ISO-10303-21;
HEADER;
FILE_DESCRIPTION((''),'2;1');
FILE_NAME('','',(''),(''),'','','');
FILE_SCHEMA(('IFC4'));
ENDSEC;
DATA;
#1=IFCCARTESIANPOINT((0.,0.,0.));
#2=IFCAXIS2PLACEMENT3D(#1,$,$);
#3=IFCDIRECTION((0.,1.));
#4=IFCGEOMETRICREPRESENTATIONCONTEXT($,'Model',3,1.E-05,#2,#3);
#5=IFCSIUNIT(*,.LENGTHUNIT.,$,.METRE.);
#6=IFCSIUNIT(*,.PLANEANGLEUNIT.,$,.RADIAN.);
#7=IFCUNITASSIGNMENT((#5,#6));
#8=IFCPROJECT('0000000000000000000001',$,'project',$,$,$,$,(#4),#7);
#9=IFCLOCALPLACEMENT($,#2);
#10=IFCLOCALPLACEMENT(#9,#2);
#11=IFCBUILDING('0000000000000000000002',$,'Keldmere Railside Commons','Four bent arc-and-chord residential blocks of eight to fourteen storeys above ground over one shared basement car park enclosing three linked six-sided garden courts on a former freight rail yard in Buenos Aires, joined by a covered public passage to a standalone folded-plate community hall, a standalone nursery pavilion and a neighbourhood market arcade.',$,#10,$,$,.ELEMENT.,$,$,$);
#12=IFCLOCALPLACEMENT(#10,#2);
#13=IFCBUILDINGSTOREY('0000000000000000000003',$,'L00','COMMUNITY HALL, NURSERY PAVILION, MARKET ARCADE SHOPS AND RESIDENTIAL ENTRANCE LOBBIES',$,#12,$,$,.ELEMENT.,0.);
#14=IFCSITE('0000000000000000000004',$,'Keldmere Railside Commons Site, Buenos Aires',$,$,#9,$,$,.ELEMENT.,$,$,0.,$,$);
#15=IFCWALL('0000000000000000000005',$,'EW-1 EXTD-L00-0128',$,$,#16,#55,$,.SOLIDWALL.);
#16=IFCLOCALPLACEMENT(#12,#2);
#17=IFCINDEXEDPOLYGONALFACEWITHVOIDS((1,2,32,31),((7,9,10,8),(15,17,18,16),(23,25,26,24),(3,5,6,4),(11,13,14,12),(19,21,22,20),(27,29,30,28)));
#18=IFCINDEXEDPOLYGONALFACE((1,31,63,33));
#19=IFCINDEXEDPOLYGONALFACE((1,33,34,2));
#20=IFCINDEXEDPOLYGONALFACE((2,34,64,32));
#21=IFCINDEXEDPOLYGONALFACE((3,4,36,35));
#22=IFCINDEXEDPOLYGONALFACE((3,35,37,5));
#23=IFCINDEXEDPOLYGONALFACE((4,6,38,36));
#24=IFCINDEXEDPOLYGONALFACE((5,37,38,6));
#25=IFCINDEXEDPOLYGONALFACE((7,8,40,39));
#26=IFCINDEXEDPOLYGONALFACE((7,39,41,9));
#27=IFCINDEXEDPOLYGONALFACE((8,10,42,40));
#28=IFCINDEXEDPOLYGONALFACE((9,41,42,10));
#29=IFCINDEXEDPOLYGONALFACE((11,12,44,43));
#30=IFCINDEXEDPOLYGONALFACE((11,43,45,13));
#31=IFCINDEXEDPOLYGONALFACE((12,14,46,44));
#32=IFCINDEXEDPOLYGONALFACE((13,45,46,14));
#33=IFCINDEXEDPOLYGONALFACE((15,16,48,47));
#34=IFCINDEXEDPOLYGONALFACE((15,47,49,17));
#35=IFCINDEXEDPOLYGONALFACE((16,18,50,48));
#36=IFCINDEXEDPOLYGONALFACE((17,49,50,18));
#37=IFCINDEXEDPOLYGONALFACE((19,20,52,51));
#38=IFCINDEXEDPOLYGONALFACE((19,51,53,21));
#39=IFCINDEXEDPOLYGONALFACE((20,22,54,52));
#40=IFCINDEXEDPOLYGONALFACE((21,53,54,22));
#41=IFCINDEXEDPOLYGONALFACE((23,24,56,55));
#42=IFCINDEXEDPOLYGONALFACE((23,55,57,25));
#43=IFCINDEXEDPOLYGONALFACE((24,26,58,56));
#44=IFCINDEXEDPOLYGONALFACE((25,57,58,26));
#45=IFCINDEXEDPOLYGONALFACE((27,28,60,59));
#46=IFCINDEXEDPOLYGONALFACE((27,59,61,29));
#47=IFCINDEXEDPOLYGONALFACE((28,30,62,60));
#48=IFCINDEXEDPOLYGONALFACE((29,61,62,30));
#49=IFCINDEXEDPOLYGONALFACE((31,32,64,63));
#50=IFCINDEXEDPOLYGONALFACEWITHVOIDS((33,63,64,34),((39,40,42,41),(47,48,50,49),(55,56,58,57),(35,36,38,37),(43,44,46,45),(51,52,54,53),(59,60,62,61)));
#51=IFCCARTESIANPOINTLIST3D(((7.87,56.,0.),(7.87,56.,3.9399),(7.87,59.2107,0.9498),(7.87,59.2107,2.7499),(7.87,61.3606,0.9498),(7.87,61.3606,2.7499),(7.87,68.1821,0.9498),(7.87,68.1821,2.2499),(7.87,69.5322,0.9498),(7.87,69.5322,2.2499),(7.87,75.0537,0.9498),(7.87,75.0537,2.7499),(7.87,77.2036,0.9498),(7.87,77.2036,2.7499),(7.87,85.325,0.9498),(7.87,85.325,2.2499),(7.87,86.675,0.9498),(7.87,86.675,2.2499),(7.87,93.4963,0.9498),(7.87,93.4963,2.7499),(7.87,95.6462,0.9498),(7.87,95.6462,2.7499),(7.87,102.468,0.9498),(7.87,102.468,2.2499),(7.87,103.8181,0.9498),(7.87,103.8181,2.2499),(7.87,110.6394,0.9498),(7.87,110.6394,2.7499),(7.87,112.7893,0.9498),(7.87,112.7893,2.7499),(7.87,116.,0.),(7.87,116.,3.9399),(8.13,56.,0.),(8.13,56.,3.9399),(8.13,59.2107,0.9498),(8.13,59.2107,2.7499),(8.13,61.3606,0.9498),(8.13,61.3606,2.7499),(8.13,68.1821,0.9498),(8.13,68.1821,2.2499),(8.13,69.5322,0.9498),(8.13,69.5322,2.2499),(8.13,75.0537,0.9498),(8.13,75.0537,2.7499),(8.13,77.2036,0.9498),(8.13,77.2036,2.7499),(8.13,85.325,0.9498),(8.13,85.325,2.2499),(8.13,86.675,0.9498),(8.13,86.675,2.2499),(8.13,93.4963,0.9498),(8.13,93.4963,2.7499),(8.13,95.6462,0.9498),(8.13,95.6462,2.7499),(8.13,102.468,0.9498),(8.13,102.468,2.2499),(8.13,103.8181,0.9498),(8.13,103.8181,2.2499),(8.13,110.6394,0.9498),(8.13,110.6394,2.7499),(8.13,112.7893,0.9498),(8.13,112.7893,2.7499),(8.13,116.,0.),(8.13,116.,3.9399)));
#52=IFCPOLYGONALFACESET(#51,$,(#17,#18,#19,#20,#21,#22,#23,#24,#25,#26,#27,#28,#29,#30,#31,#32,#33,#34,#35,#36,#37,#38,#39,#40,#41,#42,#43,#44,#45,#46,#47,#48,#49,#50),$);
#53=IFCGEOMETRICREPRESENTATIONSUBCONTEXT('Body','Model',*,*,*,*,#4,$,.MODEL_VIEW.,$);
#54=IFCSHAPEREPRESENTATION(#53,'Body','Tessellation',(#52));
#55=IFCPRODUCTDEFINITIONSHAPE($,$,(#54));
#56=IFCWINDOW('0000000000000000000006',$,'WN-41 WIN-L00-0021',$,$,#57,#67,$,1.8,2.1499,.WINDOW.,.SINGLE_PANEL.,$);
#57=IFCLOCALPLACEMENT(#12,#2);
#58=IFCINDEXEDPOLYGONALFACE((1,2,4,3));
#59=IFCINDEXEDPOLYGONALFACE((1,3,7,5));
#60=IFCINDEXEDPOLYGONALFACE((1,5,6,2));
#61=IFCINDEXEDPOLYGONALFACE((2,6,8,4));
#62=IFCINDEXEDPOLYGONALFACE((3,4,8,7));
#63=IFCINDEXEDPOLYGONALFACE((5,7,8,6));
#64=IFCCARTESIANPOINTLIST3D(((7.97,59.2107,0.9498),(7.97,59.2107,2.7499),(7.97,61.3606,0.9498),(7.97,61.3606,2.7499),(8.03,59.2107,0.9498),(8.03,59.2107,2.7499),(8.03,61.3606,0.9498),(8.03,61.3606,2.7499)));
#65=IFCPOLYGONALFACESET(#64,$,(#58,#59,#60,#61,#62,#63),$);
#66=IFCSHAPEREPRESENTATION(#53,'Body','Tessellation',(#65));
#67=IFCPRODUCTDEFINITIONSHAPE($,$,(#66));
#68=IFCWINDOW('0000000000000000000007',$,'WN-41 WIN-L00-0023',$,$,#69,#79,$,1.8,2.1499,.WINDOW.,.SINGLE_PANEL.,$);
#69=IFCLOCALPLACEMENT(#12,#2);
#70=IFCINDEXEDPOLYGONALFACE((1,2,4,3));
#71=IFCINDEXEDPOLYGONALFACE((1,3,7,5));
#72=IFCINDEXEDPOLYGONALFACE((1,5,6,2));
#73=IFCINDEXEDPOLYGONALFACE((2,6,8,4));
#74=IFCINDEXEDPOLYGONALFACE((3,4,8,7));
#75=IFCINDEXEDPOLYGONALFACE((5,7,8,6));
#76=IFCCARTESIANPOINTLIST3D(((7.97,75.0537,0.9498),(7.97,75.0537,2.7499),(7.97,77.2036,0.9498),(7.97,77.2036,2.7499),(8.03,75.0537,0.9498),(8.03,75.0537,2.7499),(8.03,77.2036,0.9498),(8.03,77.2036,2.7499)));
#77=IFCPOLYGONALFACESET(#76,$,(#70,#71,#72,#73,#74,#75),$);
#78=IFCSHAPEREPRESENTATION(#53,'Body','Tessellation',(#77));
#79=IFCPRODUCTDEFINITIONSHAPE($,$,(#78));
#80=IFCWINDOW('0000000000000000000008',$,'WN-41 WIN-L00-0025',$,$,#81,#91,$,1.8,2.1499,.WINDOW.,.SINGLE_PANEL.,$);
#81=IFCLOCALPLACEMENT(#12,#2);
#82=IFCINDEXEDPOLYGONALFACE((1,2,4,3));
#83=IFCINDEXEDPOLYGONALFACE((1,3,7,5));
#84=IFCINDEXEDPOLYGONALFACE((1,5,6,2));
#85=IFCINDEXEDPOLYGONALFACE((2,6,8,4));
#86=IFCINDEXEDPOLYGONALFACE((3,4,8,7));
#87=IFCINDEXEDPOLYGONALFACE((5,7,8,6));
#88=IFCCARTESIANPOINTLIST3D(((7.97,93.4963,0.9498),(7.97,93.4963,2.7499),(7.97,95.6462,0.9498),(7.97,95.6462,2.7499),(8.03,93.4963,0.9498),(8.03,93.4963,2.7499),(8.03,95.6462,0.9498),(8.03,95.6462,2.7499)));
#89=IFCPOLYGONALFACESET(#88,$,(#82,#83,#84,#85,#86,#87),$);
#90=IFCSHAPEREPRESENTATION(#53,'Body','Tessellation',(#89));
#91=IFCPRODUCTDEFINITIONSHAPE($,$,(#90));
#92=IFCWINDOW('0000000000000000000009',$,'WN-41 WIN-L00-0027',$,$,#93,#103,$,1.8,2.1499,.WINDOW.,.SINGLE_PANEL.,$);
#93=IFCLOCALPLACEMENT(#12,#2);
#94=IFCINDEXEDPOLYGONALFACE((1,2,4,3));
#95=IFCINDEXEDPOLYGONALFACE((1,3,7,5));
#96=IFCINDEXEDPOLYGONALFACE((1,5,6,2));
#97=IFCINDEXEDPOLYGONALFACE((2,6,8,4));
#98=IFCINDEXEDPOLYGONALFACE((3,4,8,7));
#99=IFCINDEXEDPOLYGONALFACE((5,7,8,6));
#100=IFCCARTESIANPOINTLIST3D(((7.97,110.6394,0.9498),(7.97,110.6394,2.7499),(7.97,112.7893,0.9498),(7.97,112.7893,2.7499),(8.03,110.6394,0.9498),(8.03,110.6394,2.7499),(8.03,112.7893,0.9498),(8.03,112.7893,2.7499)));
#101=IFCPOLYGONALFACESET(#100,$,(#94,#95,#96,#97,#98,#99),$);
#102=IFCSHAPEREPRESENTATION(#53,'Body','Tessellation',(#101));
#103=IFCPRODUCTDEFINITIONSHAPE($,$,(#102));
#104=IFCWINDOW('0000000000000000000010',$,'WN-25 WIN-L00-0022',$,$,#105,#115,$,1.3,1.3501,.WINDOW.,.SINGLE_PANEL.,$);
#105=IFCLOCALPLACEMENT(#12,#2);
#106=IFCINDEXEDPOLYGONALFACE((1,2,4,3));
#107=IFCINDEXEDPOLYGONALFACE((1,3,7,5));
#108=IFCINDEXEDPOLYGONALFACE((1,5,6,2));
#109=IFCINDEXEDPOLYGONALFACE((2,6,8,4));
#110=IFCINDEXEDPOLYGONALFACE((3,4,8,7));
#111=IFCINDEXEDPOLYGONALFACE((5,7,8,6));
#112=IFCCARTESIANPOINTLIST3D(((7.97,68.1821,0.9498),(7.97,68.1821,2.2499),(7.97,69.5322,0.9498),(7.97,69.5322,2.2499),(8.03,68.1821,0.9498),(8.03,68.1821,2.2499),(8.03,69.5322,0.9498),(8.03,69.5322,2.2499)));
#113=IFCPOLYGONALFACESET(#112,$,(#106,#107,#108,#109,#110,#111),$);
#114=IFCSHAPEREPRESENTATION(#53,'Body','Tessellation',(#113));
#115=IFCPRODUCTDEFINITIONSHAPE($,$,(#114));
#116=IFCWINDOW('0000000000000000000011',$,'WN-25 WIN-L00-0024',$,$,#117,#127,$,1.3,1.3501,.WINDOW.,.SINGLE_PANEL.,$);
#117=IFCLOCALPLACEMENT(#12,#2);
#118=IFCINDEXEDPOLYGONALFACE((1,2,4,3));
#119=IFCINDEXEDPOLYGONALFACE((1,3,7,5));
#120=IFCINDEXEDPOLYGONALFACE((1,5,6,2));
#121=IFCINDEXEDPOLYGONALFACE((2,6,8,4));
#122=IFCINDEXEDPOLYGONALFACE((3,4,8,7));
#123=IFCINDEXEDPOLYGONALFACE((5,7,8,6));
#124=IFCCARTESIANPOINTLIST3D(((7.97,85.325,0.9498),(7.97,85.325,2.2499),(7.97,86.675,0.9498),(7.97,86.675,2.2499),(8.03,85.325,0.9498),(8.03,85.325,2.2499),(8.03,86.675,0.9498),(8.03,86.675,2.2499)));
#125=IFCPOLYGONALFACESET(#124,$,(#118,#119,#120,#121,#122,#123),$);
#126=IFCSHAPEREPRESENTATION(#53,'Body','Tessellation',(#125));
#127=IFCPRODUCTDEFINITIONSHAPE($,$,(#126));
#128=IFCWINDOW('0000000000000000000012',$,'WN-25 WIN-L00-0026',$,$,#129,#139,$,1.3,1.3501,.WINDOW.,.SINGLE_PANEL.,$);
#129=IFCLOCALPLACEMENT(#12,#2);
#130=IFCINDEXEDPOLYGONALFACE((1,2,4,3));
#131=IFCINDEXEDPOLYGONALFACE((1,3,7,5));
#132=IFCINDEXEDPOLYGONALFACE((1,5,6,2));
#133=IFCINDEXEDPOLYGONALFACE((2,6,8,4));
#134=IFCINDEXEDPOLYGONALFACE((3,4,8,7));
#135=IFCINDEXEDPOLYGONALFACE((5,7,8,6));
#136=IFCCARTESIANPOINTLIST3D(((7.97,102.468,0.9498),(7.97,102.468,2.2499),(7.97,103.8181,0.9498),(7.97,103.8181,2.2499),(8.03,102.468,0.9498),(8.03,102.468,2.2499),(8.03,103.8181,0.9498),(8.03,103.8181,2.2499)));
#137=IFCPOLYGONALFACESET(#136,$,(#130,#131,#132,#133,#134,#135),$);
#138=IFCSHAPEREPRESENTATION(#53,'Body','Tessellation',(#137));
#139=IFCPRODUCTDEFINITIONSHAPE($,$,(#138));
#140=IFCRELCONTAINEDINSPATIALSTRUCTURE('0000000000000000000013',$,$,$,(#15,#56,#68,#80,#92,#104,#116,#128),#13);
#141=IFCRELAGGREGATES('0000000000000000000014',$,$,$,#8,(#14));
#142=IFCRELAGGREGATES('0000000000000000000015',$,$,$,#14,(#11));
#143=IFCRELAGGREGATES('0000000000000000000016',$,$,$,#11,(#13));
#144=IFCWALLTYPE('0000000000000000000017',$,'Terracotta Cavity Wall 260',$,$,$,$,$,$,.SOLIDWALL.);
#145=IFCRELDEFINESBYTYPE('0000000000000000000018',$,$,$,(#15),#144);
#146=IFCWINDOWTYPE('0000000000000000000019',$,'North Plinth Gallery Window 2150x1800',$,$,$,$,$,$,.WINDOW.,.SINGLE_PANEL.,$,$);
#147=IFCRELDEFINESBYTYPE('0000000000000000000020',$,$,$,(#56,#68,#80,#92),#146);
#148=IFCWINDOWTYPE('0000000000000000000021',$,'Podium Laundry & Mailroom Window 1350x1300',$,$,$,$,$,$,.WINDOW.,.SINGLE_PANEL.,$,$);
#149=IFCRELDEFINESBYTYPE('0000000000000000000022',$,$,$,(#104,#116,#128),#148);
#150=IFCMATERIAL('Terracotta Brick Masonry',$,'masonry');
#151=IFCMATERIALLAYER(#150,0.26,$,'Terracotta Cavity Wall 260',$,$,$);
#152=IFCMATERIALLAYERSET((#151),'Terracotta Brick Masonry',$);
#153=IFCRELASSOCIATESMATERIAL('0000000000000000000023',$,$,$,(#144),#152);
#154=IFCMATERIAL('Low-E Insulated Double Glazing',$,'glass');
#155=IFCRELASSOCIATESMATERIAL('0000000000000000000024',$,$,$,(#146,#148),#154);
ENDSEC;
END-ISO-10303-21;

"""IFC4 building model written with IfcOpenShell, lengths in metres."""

from ifc_helpers import new_model, si_unit, direction, frame, frame_2d, origin, place, context, subcontext, project, spatial, rectangle, extrude, material, layer, layer_set, type_object, element, fill, save


model = new_model("IFC4")

# Units and contexts
model_context = context("Model", 3, precision=1e-05, world=origin(), true_north=direction((0.0, 1.0)))
body_context = subcontext(model_context, "Body", "Model", "MODEL_VIEW")
ifc_project = project(units=[si_unit("LENGTHUNIT", "METRE"), si_unit("PLANEANGLEUNIT", "RADIAN")], contexts=[model_context])

# Site, building, storey
site_placement = place(None, origin())
site = spatial("IfcSite", under=ifc_project, at=site_placement, Name="Keldmere Railside Commons Site, Buenos Aires", CompositionType="ELEMENT", RefElevation=0.0)
building_placement = place(site_placement, origin())
building = spatial("IfcBuilding", under=site, at=building_placement, Name="Keldmere Railside Commons", Description="Four bent arc-and-chord residential blocks of eight to fourteen storeys above ground over one shared basement car park enclosing three linked six-sided garden courts on a former freight rail yard in Buenos Aires, joined by a covered public passage to a standalone folded-plate community hall, a standalone nursery pavilion and a neighbourhood market arcade.", CompositionType="ELEMENT")
storey_placement = place(building_placement, origin())
storey = spatial("IfcBuildingStorey", under=building, at=storey_placement, Name="L00", Description="COMMUNITY HALL, NURSERY PAVILION, MARKET ARCADE SHOPS AND RESIDENTIAL ENTRANCE LOBBIES", CompositionType="ELEMENT", Elevation=0.0)

# Shared definitions
ifc_material_1 = material(Name="Low-E Insulated Double Glazing", Category="glass")

# Wall, openings, windows
ifc_material_2 = material(Name="Terracotta Brick Masonry", Category="masonry")
ifc_layer_1 = layer(ifc_material_2, 0.26, Name="Terracotta Cavity Wall 260")
ifc_layer_set_1 = layer_set([ifc_layer_1], Name="Terracotta Brick Masonry")
wall_type_1 = type_object("IfcWallType", Name="Terracotta Cavity Wall 260", PredefinedType="SOLIDWALL", material=ifc_layer_set_1)
wall_1_placement = place(storey_placement, frame((8.0, 56.0, 0.0), z_axis=(0.0, 0.0, 1.0), x_axis=(0.0, 1.0, 0.0)))
wall_1 = element("IfcWall", 1, at=wall_1_placement, inside=storey, type_object=wall_type_1, Name="EW-1 EXTD-L00-0128", PredefinedType="SOLIDWALL", context=body_context, shape_type="SweptSolid", body=[
    extrude(rectangle(XDim=60.0, YDim=0.26, at=frame_2d((30.0, 0.0))), origin(), (0.0, 0.0, 1.0), 3.9399),
])
opening_1_placement = place(wall_1_placement, frame((3.2107, 0.0, 0.95)))
opening_1 = element("IfcOpeningElement", 2, at=opening_1_placement, cuts=wall_1, PredefinedType="OPENING", context=body_context, shape_type="SweptSolid", body=[
    extrude(rectangle(XDim=2.1499, YDim=1.8, at=frame_2d((1.075, 0.8999))), frame((0.0, 0.1399, 0.0), z_axis=(0.0, -1.0, 0.0), x_axis=(1.0, 0.0, 0.0)), (0.0, 0.0, 1.0), 0.28),
])
opening_2_placement = place(wall_1_placement, frame((12.1821, 0.0, 0.95)))
opening_2 = element("IfcOpeningElement", 3, at=opening_2_placement, cuts=wall_1, PredefinedType="OPENING", context=body_context, shape_type="SweptSolid", body=[
    extrude(rectangle(XDim=1.3501, YDim=1.3, at=frame_2d((0.675, 0.6499))), frame((0.0, 0.1399, 0.0), z_axis=(0.0, -1.0, 0.0), x_axis=(1.0, 0.0, 0.0)), (0.0, 0.0, 1.0), 0.28),
])
opening_3_placement = place(wall_1_placement, frame((19.0537, 0.0, 0.95)))
opening_3 = element("IfcOpeningElement", 4, at=opening_3_placement, cuts=wall_1, PredefinedType="OPENING", context=body_context, shape_type="SweptSolid", body=[
    extrude(rectangle(XDim=2.1499, YDim=1.8, at=frame_2d((1.075, 0.8999))), frame((0.0, 0.1399, 0.0), z_axis=(0.0, -1.0, 0.0), x_axis=(1.0, 0.0, 0.0)), (0.0, 0.0, 1.0), 0.28),
])
opening_4_placement = place(wall_1_placement, frame((29.325, 0.0, 0.95)))
opening_4 = element("IfcOpeningElement", 5, at=opening_4_placement, cuts=wall_1, PredefinedType="OPENING", context=body_context, shape_type="SweptSolid", body=[
    extrude(rectangle(XDim=1.3501, YDim=1.3, at=frame_2d((0.675, 0.6499))), frame((0.0, 0.1399, 0.0), z_axis=(0.0, -1.0, 0.0), x_axis=(1.0, 0.0, 0.0)), (0.0, 0.0, 1.0), 0.28),
])
opening_5_placement = place(wall_1_placement, frame((37.4963, 0.0, 0.95)))
opening_5 = element("IfcOpeningElement", 6, at=opening_5_placement, cuts=wall_1, PredefinedType="OPENING", context=body_context, shape_type="SweptSolid", body=[
    extrude(rectangle(XDim=2.1499, YDim=1.8, at=frame_2d((1.075, 0.8999))), frame((0.0, 0.1399, 0.0), z_axis=(0.0, -1.0, 0.0), x_axis=(1.0, 0.0, 0.0)), (0.0, 0.0, 1.0), 0.28),
])
opening_6_placement = place(wall_1_placement, frame((46.468, 0.0, 0.95)))
opening_6 = element("IfcOpeningElement", 7, at=opening_6_placement, cuts=wall_1, PredefinedType="OPENING", context=body_context, shape_type="SweptSolid", body=[
    extrude(rectangle(XDim=1.3501, YDim=1.3, at=frame_2d((0.675, 0.6499))), frame((0.0, 0.1399, 0.0), z_axis=(0.0, -1.0, 0.0), x_axis=(1.0, 0.0, 0.0)), (0.0, 0.0, 1.0), 0.28),
])
opening_7_placement = place(wall_1_placement, frame((54.6394, 0.0, 0.95)))
opening_7 = element("IfcOpeningElement", 8, at=opening_7_placement, cuts=wall_1, PredefinedType="OPENING", context=body_context, shape_type="SweptSolid", body=[
    extrude(rectangle(XDim=2.1499, YDim=1.8, at=frame_2d((1.075, 0.8999))), frame((0.0, 0.1399, 0.0), z_axis=(0.0, -1.0, 0.0), x_axis=(1.0, 0.0, 0.0)), (0.0, 0.0, 1.0), 0.28),
])
window_type_1 = type_object("IfcWindowType", Name="North Plinth Gallery Window 2150x1800", PartitioningType="SINGLE_PANEL", PredefinedType="WINDOW", material=ifc_material_1)
window_1_placement = place(opening_1_placement, origin())
window_1 = element("IfcWindow", 9, at=window_1_placement, inside=storey, type_object=window_type_1, Name="WN-41 WIN-L00-0021", OverallHeight=1.8, OverallWidth=2.1499, PartitioningType="SINGLE_PANEL", PredefinedType="WINDOW", context=body_context, shape_type="SweptSolid", body=[
    extrude(rectangle(XDim=2.1499, YDim=1.8, at=frame_2d((1.075, 0.8999))), frame((0.0, 0.03, 0.0), z_axis=(0.0, -1.0, 0.0), x_axis=(1.0, 0.0, 0.0)), (0.0, 0.0, 1.0), 0.0601),
])
fill(opening_1, window_1)
window_2_placement = place(opening_3_placement, origin())
window_2 = element("IfcWindow", 10, at=window_2_placement, inside=storey, type_object=window_type_1, Name="WN-41 WIN-L00-0023", OverallHeight=1.8, OverallWidth=2.1499, PartitioningType="SINGLE_PANEL", PredefinedType="WINDOW", context=body_context, shape_type="SweptSolid", body=[
    extrude(rectangle(XDim=2.1499, YDim=1.8, at=frame_2d((1.075, 0.8999))), frame((0.0, 0.03, 0.0), z_axis=(0.0, -1.0, 0.0), x_axis=(1.0, 0.0, 0.0)), (0.0, 0.0, 1.0), 0.0601),
])
fill(opening_3, window_2)
window_3_placement = place(opening_5_placement, origin())
window_3 = element("IfcWindow", 11, at=window_3_placement, inside=storey, type_object=window_type_1, Name="WN-41 WIN-L00-0025", OverallHeight=1.8, OverallWidth=2.1499, PartitioningType="SINGLE_PANEL", PredefinedType="WINDOW", context=body_context, shape_type="SweptSolid", body=[
    extrude(rectangle(XDim=2.1499, YDim=1.8, at=frame_2d((1.075, 0.8999))), frame((0.0, 0.03, 0.0), z_axis=(0.0, -1.0, 0.0), x_axis=(1.0, 0.0, 0.0)), (0.0, 0.0, 1.0), 0.0601),
])
fill(opening_5, window_3)
window_4_placement = place(opening_7_placement, origin())
window_4 = element("IfcWindow", 12, at=window_4_placement, inside=storey, type_object=window_type_1, Name="WN-41 WIN-L00-0027", OverallHeight=1.8, OverallWidth=2.1499, PartitioningType="SINGLE_PANEL", PredefinedType="WINDOW", context=body_context, shape_type="SweptSolid", body=[
    extrude(rectangle(XDim=2.1499, YDim=1.8, at=frame_2d((1.075, 0.8999))), frame((0.0, 0.03, 0.0), z_axis=(0.0, -1.0, 0.0), x_axis=(1.0, 0.0, 0.0)), (0.0, 0.0, 1.0), 0.0601),
])
fill(opening_7, window_4)
window_type_2 = type_object("IfcWindowType", Name="Podium Laundry & Mailroom Window 1350x1300", PartitioningType="SINGLE_PANEL", PredefinedType="WINDOW", material=ifc_material_1)
window_5_placement = place(opening_2_placement, origin())
window_5 = element("IfcWindow", 13, at=window_5_placement, inside=storey, type_object=window_type_2, Name="WN-25 WIN-L00-0022", OverallHeight=1.3, OverallWidth=1.3501, PartitioningType="SINGLE_PANEL", PredefinedType="WINDOW", context=body_context, shape_type="SweptSolid", body=[
    extrude(rectangle(XDim=1.3501, YDim=1.3, at=frame_2d((0.675, 0.6499))), frame((0.0, 0.03, 0.0), z_axis=(0.0, -1.0, 0.0), x_axis=(1.0, 0.0, 0.0)), (0.0, 0.0, 1.0), 0.0601),
])
fill(opening_2, window_5)
window_6_placement = place(opening_4_placement, origin())
window_6 = element("IfcWindow", 14, at=window_6_placement, inside=storey, type_object=window_type_2, Name="WN-25 WIN-L00-0024", OverallHeight=1.3, OverallWidth=1.3501, PartitioningType="SINGLE_PANEL", PredefinedType="WINDOW", context=body_context, shape_type="SweptSolid", body=[
    extrude(rectangle(XDim=1.3501, YDim=1.3, at=frame_2d((0.675, 0.6499))), frame((0.0, 0.03, 0.0), z_axis=(0.0, -1.0, 0.0), x_axis=(1.0, 0.0, 0.0)), (0.0, 0.0, 1.0), 0.0601),
])
fill(opening_4, window_6)
window_7_placement = place(opening_6_placement, origin())
window_7 = element("IfcWindow", 15, at=window_7_placement, inside=storey, type_object=window_type_2, Name="WN-25 WIN-L00-0026", OverallHeight=1.3, OverallWidth=1.3501, PartitioningType="SINGLE_PANEL", PredefinedType="WINDOW", context=body_context, shape_type="SweptSolid", body=[
    extrude(rectangle(XDim=1.3501, YDim=1.3, at=frame_2d((0.675, 0.6499))), frame((0.0, 0.03, 0.0), z_axis=(0.0, -1.0, 0.0), x_axis=(1.0, 0.0, 0.0)), (0.0, 0.0, 1.0), 0.0601),
])
fill(opening_6, window_7)

save(model, "model.ifc")
